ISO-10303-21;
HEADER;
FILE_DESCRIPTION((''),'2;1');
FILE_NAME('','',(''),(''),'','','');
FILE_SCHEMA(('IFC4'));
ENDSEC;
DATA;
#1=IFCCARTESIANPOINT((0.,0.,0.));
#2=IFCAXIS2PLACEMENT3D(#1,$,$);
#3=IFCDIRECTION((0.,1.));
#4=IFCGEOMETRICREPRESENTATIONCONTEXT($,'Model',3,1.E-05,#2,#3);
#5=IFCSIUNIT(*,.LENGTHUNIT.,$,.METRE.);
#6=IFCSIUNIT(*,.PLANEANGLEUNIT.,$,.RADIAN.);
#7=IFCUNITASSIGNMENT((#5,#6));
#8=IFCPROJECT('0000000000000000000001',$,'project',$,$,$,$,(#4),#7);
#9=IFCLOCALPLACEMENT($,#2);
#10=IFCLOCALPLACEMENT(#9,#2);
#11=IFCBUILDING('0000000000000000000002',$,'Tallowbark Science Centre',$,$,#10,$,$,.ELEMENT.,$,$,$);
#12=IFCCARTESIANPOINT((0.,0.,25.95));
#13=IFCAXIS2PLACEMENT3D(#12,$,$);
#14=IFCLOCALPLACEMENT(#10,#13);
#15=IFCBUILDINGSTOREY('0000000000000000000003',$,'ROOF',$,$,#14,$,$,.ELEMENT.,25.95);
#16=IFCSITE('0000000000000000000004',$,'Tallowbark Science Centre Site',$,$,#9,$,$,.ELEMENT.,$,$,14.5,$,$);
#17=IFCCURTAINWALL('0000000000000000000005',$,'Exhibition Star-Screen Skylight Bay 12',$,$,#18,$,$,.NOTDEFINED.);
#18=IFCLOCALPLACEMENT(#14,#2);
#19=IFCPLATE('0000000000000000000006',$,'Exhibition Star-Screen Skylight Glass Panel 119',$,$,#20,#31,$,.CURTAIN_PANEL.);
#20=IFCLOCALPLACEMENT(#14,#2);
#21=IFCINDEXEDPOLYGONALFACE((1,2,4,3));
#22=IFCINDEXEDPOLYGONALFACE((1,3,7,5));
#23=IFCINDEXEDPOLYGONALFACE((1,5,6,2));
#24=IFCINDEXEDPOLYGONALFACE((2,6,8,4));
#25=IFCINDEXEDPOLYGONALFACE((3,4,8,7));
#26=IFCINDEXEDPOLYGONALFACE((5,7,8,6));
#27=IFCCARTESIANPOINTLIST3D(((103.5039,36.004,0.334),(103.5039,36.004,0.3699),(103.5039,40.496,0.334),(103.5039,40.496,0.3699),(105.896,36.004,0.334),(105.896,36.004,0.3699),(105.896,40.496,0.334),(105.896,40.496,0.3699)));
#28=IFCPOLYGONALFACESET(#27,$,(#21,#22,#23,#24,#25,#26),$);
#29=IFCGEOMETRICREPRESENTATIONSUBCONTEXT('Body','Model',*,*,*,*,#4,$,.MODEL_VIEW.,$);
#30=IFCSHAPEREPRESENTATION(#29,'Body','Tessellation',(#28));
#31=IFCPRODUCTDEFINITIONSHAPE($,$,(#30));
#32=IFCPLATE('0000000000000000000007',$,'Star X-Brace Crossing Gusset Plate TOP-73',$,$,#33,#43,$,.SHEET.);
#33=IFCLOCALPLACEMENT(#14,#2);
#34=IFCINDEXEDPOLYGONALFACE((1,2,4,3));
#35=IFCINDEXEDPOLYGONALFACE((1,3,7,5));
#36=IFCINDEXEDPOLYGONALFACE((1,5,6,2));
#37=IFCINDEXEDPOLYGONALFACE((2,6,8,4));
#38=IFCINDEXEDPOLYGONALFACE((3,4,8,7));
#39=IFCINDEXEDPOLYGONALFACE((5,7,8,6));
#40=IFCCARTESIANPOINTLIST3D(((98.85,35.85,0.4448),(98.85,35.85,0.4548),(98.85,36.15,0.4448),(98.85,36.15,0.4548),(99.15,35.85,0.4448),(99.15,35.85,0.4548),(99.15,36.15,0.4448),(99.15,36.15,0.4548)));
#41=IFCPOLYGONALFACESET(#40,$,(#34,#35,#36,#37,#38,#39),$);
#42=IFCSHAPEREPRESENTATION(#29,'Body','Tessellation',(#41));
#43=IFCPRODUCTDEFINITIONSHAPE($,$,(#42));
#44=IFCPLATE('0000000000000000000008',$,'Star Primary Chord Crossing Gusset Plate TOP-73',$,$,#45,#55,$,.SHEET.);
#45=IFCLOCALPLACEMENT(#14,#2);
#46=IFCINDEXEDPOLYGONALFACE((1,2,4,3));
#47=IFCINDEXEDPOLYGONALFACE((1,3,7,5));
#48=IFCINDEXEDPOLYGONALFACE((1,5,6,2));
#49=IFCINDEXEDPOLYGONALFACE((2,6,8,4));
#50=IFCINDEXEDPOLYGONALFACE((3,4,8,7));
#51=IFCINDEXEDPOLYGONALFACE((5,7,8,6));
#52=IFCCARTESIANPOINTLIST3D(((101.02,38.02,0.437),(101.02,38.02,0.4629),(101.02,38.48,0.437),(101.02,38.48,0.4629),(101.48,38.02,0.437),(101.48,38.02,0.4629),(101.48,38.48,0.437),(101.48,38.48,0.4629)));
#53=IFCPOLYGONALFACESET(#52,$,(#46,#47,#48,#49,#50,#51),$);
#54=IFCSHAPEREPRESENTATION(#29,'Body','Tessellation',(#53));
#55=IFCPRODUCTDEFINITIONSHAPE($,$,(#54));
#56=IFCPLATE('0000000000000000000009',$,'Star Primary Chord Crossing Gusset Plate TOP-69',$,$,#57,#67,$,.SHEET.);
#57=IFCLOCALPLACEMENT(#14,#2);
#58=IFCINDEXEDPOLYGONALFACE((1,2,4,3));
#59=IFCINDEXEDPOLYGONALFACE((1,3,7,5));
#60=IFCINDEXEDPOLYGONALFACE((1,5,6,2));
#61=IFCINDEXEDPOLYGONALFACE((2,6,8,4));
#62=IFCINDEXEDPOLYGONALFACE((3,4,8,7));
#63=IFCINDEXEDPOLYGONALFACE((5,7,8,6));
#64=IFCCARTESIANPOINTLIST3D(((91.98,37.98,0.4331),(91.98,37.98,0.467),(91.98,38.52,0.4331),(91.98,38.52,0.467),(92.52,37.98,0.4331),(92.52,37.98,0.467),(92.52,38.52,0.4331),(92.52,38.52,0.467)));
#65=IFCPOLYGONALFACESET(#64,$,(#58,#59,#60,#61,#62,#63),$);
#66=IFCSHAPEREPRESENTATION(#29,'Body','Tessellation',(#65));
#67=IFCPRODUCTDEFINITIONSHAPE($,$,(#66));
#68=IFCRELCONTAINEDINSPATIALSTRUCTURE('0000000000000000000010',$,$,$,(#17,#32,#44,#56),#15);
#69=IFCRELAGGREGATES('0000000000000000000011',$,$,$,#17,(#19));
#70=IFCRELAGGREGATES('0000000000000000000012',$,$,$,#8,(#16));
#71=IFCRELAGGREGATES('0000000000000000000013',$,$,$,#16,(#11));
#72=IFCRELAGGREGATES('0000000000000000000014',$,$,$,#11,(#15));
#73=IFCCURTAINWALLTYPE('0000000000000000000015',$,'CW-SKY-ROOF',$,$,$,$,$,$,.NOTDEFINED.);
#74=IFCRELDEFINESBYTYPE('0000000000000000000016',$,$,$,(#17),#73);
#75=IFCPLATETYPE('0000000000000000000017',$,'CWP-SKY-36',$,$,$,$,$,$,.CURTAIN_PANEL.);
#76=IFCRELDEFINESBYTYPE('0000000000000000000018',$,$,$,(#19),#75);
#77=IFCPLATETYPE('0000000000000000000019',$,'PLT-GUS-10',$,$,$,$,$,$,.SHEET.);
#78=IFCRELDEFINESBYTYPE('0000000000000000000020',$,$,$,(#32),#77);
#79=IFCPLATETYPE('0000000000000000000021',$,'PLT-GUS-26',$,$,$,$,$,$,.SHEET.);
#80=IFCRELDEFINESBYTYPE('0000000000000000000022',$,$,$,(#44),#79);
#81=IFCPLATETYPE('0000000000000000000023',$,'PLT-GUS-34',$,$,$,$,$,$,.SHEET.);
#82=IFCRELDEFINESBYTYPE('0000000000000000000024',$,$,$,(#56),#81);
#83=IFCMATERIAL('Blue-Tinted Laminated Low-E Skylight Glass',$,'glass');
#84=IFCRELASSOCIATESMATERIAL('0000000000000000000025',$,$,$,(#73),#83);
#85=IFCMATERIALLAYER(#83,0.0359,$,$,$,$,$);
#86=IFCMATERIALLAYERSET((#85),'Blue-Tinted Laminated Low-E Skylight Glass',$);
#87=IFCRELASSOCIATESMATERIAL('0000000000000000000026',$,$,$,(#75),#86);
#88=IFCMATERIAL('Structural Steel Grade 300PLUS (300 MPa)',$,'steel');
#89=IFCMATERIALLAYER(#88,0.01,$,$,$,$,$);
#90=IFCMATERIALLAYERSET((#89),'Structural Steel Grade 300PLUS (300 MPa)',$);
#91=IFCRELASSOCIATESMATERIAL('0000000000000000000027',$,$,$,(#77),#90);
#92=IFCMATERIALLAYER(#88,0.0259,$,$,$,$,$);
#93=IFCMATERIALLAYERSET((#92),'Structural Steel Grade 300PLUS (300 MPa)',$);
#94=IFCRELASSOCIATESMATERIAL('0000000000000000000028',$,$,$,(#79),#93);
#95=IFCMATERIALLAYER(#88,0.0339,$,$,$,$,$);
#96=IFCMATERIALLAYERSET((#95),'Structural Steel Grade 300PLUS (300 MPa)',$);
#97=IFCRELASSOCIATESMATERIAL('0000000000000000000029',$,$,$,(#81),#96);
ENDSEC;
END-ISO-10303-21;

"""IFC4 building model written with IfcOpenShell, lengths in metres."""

from ifc_helpers import new_model, si_unit, direction, frame, origin, origin_2d, place, context, subcontext, project, spatial, rectangle, extrude, material, layer, layer_set, type_object, element, aggregate, save


model = new_model("IFC4")

# Units and contexts
model_context = context("Model", 3, precision=1e-05, world=origin(), true_north=direction((0.0, 1.0)))
body_context = subcontext(model_context, "Body", "Model", "MODEL_VIEW")
ifc_project = project(units=[si_unit("LENGTHUNIT", "METRE"), si_unit("PLANEANGLEUNIT", "RADIAN")], contexts=[model_context])

# Site, building, storey
site_placement = place(None, origin())
site = spatial("IfcSite", under=ifc_project, at=site_placement, Name="Tallowbark Science Centre Site", CompositionType="ELEMENT", RefElevation=14.5)
building_placement = place(site_placement, origin())
building = spatial("IfcBuilding", under=site, at=building_placement, Name="Tallowbark Science Centre", CompositionType="ELEMENT")
storey_placement = place(building_placement, frame((0.0, 0.0, 25.95)))
storey = spatial("IfcBuildingStorey", under=building, at=storey_placement, Name="ROOF", CompositionType="ELEMENT", Elevation=25.95)

# Curtain wall
ifc_material_1 = material(Name="Blue-Tinted Laminated Low-E Skylight Glass", Category="glass")
curtain_wall_type = type_object("IfcCurtainWallType", Name="CW-SKY-ROOF", PredefinedType="NOTDEFINED", material=ifc_material_1)
curtain_wall_1_placement = place(storey_placement, origin())
curtain_wall_1 = element("IfcCurtainWall", 1, at=curtain_wall_1_placement, inside=storey, type_object=curtain_wall_type, Name="Exhibition Star-Screen Skylight Bay 12", PredefinedType="NOTDEFINED")

# Shared definitions
ifc_layer_1 = layer(ifc_material_1, 0.0359)
ifc_layer_set_1 = layer_set([ifc_layer_1], Name="Blue-Tinted Laminated Low-E Skylight Glass")
plate_type_1 = type_object("IfcPlateType", Name="CWP-SKY-36", PredefinedType="CURTAIN_PANEL", material=ifc_layer_set_1)

# Plate
plate_1_placement = place(storey_placement, frame((104.7, 38.25, 0.334), z_axis=(0.0, 0.0, 1.0), x_axis=(1.0, 0.0, 0.0)))
plate_1 = element("IfcPlate", 2, at=plate_1_placement, type_object=plate_type_1, Name="Exhibition Star-Screen Skylight Glass Panel 119", PredefinedType="CURTAIN_PANEL", context=body_context, shape_type="SweptSolid", body=[
    extrude(rectangle(XDim=2.3921, YDim=4.4919, at=origin_2d()), origin(), (0.0, 0.0, 1.0), 0.0359),
])
aggregate(curtain_wall_1, [plate_1])

# Plates
ifc_material_2 = material(Name="Structural Steel Grade 300PLUS (300 MPa)", Category="steel")
ifc_layer_2 = layer(ifc_material_2, 0.01)
ifc_layer_set_2 = layer_set([ifc_layer_2], Name="Structural Steel Grade 300PLUS (300 MPa)")
plate_type_2 = type_object("IfcPlateType", Name="PLT-GUS-10", PredefinedType="SHEET", material=ifc_layer_set_2)
plate_2_placement = place(storey_placement, frame((99.0, 36.0, 0.4448), z_axis=(0.0, 0.0, 1.0), x_axis=(1.0, 0.0, 0.0)))
element("IfcPlate", 3, at=plate_2_placement, inside=storey, type_object=plate_type_2, Name="Star X-Brace Crossing Gusset Plate TOP-73", PredefinedType="SHEET", context=body_context, shape_type="SweptSolid", body=[
    extrude(rectangle(XDim=0.3, YDim=0.3, at=origin_2d()), origin(), (0.0, 0.0, 1.0), 0.01),
])
ifc_layer_3 = layer(ifc_material_2, 0.0259)
ifc_layer_set_3 = layer_set([ifc_layer_3], Name="Structural Steel Grade 300PLUS (300 MPa)")
plate_type_3 = type_object("IfcPlateType", Name="PLT-GUS-26", PredefinedType="SHEET", material=ifc_layer_set_3)
plate_3_placement = place(storey_placement, frame((101.25, 38.25, 0.437), z_axis=(0.0, 0.0, 1.0), x_axis=(1.0, 0.0, 0.0)))
element("IfcPlate", 4, at=plate_3_placement, inside=storey, type_object=plate_type_3, Name="Star Primary Chord Crossing Gusset Plate TOP-73", PredefinedType="SHEET", context=body_context, shape_type="SweptSolid", body=[
    extrude(rectangle(XDim=0.46, YDim=0.46, at=origin_2d()), origin(), (0.0, 0.0, 1.0), 0.0259),
])
ifc_layer_4 = layer(ifc_material_2, 0.0339)
ifc_layer_set_4 = layer_set([ifc_layer_4], Name="Structural Steel Grade 300PLUS (300 MPa)")
plate_type_4 = type_object("IfcPlateType", Name="PLT-GUS-34", PredefinedType="SHEET", material=ifc_layer_set_4)
plate_4_placement = place(storey_placement, frame((92.25, 38.25, 0.4331), z_axis=(0.0, 0.0, 1.0), x_axis=(1.0, 0.0, 0.0)))
element("IfcPlate", 5, at=plate_4_placement, inside=storey, type_object=plate_type_4, Name="Star Primary Chord Crossing Gusset Plate TOP-69", PredefinedType="SHEET", context=body_context, shape_type="SweptSolid", body=[
    extrude(rectangle(XDim=0.54, YDim=0.54, at=origin_2d()), origin(), (0.0, 0.0, 1.0), 0.0339),
])

save(model, "model.ifc")
